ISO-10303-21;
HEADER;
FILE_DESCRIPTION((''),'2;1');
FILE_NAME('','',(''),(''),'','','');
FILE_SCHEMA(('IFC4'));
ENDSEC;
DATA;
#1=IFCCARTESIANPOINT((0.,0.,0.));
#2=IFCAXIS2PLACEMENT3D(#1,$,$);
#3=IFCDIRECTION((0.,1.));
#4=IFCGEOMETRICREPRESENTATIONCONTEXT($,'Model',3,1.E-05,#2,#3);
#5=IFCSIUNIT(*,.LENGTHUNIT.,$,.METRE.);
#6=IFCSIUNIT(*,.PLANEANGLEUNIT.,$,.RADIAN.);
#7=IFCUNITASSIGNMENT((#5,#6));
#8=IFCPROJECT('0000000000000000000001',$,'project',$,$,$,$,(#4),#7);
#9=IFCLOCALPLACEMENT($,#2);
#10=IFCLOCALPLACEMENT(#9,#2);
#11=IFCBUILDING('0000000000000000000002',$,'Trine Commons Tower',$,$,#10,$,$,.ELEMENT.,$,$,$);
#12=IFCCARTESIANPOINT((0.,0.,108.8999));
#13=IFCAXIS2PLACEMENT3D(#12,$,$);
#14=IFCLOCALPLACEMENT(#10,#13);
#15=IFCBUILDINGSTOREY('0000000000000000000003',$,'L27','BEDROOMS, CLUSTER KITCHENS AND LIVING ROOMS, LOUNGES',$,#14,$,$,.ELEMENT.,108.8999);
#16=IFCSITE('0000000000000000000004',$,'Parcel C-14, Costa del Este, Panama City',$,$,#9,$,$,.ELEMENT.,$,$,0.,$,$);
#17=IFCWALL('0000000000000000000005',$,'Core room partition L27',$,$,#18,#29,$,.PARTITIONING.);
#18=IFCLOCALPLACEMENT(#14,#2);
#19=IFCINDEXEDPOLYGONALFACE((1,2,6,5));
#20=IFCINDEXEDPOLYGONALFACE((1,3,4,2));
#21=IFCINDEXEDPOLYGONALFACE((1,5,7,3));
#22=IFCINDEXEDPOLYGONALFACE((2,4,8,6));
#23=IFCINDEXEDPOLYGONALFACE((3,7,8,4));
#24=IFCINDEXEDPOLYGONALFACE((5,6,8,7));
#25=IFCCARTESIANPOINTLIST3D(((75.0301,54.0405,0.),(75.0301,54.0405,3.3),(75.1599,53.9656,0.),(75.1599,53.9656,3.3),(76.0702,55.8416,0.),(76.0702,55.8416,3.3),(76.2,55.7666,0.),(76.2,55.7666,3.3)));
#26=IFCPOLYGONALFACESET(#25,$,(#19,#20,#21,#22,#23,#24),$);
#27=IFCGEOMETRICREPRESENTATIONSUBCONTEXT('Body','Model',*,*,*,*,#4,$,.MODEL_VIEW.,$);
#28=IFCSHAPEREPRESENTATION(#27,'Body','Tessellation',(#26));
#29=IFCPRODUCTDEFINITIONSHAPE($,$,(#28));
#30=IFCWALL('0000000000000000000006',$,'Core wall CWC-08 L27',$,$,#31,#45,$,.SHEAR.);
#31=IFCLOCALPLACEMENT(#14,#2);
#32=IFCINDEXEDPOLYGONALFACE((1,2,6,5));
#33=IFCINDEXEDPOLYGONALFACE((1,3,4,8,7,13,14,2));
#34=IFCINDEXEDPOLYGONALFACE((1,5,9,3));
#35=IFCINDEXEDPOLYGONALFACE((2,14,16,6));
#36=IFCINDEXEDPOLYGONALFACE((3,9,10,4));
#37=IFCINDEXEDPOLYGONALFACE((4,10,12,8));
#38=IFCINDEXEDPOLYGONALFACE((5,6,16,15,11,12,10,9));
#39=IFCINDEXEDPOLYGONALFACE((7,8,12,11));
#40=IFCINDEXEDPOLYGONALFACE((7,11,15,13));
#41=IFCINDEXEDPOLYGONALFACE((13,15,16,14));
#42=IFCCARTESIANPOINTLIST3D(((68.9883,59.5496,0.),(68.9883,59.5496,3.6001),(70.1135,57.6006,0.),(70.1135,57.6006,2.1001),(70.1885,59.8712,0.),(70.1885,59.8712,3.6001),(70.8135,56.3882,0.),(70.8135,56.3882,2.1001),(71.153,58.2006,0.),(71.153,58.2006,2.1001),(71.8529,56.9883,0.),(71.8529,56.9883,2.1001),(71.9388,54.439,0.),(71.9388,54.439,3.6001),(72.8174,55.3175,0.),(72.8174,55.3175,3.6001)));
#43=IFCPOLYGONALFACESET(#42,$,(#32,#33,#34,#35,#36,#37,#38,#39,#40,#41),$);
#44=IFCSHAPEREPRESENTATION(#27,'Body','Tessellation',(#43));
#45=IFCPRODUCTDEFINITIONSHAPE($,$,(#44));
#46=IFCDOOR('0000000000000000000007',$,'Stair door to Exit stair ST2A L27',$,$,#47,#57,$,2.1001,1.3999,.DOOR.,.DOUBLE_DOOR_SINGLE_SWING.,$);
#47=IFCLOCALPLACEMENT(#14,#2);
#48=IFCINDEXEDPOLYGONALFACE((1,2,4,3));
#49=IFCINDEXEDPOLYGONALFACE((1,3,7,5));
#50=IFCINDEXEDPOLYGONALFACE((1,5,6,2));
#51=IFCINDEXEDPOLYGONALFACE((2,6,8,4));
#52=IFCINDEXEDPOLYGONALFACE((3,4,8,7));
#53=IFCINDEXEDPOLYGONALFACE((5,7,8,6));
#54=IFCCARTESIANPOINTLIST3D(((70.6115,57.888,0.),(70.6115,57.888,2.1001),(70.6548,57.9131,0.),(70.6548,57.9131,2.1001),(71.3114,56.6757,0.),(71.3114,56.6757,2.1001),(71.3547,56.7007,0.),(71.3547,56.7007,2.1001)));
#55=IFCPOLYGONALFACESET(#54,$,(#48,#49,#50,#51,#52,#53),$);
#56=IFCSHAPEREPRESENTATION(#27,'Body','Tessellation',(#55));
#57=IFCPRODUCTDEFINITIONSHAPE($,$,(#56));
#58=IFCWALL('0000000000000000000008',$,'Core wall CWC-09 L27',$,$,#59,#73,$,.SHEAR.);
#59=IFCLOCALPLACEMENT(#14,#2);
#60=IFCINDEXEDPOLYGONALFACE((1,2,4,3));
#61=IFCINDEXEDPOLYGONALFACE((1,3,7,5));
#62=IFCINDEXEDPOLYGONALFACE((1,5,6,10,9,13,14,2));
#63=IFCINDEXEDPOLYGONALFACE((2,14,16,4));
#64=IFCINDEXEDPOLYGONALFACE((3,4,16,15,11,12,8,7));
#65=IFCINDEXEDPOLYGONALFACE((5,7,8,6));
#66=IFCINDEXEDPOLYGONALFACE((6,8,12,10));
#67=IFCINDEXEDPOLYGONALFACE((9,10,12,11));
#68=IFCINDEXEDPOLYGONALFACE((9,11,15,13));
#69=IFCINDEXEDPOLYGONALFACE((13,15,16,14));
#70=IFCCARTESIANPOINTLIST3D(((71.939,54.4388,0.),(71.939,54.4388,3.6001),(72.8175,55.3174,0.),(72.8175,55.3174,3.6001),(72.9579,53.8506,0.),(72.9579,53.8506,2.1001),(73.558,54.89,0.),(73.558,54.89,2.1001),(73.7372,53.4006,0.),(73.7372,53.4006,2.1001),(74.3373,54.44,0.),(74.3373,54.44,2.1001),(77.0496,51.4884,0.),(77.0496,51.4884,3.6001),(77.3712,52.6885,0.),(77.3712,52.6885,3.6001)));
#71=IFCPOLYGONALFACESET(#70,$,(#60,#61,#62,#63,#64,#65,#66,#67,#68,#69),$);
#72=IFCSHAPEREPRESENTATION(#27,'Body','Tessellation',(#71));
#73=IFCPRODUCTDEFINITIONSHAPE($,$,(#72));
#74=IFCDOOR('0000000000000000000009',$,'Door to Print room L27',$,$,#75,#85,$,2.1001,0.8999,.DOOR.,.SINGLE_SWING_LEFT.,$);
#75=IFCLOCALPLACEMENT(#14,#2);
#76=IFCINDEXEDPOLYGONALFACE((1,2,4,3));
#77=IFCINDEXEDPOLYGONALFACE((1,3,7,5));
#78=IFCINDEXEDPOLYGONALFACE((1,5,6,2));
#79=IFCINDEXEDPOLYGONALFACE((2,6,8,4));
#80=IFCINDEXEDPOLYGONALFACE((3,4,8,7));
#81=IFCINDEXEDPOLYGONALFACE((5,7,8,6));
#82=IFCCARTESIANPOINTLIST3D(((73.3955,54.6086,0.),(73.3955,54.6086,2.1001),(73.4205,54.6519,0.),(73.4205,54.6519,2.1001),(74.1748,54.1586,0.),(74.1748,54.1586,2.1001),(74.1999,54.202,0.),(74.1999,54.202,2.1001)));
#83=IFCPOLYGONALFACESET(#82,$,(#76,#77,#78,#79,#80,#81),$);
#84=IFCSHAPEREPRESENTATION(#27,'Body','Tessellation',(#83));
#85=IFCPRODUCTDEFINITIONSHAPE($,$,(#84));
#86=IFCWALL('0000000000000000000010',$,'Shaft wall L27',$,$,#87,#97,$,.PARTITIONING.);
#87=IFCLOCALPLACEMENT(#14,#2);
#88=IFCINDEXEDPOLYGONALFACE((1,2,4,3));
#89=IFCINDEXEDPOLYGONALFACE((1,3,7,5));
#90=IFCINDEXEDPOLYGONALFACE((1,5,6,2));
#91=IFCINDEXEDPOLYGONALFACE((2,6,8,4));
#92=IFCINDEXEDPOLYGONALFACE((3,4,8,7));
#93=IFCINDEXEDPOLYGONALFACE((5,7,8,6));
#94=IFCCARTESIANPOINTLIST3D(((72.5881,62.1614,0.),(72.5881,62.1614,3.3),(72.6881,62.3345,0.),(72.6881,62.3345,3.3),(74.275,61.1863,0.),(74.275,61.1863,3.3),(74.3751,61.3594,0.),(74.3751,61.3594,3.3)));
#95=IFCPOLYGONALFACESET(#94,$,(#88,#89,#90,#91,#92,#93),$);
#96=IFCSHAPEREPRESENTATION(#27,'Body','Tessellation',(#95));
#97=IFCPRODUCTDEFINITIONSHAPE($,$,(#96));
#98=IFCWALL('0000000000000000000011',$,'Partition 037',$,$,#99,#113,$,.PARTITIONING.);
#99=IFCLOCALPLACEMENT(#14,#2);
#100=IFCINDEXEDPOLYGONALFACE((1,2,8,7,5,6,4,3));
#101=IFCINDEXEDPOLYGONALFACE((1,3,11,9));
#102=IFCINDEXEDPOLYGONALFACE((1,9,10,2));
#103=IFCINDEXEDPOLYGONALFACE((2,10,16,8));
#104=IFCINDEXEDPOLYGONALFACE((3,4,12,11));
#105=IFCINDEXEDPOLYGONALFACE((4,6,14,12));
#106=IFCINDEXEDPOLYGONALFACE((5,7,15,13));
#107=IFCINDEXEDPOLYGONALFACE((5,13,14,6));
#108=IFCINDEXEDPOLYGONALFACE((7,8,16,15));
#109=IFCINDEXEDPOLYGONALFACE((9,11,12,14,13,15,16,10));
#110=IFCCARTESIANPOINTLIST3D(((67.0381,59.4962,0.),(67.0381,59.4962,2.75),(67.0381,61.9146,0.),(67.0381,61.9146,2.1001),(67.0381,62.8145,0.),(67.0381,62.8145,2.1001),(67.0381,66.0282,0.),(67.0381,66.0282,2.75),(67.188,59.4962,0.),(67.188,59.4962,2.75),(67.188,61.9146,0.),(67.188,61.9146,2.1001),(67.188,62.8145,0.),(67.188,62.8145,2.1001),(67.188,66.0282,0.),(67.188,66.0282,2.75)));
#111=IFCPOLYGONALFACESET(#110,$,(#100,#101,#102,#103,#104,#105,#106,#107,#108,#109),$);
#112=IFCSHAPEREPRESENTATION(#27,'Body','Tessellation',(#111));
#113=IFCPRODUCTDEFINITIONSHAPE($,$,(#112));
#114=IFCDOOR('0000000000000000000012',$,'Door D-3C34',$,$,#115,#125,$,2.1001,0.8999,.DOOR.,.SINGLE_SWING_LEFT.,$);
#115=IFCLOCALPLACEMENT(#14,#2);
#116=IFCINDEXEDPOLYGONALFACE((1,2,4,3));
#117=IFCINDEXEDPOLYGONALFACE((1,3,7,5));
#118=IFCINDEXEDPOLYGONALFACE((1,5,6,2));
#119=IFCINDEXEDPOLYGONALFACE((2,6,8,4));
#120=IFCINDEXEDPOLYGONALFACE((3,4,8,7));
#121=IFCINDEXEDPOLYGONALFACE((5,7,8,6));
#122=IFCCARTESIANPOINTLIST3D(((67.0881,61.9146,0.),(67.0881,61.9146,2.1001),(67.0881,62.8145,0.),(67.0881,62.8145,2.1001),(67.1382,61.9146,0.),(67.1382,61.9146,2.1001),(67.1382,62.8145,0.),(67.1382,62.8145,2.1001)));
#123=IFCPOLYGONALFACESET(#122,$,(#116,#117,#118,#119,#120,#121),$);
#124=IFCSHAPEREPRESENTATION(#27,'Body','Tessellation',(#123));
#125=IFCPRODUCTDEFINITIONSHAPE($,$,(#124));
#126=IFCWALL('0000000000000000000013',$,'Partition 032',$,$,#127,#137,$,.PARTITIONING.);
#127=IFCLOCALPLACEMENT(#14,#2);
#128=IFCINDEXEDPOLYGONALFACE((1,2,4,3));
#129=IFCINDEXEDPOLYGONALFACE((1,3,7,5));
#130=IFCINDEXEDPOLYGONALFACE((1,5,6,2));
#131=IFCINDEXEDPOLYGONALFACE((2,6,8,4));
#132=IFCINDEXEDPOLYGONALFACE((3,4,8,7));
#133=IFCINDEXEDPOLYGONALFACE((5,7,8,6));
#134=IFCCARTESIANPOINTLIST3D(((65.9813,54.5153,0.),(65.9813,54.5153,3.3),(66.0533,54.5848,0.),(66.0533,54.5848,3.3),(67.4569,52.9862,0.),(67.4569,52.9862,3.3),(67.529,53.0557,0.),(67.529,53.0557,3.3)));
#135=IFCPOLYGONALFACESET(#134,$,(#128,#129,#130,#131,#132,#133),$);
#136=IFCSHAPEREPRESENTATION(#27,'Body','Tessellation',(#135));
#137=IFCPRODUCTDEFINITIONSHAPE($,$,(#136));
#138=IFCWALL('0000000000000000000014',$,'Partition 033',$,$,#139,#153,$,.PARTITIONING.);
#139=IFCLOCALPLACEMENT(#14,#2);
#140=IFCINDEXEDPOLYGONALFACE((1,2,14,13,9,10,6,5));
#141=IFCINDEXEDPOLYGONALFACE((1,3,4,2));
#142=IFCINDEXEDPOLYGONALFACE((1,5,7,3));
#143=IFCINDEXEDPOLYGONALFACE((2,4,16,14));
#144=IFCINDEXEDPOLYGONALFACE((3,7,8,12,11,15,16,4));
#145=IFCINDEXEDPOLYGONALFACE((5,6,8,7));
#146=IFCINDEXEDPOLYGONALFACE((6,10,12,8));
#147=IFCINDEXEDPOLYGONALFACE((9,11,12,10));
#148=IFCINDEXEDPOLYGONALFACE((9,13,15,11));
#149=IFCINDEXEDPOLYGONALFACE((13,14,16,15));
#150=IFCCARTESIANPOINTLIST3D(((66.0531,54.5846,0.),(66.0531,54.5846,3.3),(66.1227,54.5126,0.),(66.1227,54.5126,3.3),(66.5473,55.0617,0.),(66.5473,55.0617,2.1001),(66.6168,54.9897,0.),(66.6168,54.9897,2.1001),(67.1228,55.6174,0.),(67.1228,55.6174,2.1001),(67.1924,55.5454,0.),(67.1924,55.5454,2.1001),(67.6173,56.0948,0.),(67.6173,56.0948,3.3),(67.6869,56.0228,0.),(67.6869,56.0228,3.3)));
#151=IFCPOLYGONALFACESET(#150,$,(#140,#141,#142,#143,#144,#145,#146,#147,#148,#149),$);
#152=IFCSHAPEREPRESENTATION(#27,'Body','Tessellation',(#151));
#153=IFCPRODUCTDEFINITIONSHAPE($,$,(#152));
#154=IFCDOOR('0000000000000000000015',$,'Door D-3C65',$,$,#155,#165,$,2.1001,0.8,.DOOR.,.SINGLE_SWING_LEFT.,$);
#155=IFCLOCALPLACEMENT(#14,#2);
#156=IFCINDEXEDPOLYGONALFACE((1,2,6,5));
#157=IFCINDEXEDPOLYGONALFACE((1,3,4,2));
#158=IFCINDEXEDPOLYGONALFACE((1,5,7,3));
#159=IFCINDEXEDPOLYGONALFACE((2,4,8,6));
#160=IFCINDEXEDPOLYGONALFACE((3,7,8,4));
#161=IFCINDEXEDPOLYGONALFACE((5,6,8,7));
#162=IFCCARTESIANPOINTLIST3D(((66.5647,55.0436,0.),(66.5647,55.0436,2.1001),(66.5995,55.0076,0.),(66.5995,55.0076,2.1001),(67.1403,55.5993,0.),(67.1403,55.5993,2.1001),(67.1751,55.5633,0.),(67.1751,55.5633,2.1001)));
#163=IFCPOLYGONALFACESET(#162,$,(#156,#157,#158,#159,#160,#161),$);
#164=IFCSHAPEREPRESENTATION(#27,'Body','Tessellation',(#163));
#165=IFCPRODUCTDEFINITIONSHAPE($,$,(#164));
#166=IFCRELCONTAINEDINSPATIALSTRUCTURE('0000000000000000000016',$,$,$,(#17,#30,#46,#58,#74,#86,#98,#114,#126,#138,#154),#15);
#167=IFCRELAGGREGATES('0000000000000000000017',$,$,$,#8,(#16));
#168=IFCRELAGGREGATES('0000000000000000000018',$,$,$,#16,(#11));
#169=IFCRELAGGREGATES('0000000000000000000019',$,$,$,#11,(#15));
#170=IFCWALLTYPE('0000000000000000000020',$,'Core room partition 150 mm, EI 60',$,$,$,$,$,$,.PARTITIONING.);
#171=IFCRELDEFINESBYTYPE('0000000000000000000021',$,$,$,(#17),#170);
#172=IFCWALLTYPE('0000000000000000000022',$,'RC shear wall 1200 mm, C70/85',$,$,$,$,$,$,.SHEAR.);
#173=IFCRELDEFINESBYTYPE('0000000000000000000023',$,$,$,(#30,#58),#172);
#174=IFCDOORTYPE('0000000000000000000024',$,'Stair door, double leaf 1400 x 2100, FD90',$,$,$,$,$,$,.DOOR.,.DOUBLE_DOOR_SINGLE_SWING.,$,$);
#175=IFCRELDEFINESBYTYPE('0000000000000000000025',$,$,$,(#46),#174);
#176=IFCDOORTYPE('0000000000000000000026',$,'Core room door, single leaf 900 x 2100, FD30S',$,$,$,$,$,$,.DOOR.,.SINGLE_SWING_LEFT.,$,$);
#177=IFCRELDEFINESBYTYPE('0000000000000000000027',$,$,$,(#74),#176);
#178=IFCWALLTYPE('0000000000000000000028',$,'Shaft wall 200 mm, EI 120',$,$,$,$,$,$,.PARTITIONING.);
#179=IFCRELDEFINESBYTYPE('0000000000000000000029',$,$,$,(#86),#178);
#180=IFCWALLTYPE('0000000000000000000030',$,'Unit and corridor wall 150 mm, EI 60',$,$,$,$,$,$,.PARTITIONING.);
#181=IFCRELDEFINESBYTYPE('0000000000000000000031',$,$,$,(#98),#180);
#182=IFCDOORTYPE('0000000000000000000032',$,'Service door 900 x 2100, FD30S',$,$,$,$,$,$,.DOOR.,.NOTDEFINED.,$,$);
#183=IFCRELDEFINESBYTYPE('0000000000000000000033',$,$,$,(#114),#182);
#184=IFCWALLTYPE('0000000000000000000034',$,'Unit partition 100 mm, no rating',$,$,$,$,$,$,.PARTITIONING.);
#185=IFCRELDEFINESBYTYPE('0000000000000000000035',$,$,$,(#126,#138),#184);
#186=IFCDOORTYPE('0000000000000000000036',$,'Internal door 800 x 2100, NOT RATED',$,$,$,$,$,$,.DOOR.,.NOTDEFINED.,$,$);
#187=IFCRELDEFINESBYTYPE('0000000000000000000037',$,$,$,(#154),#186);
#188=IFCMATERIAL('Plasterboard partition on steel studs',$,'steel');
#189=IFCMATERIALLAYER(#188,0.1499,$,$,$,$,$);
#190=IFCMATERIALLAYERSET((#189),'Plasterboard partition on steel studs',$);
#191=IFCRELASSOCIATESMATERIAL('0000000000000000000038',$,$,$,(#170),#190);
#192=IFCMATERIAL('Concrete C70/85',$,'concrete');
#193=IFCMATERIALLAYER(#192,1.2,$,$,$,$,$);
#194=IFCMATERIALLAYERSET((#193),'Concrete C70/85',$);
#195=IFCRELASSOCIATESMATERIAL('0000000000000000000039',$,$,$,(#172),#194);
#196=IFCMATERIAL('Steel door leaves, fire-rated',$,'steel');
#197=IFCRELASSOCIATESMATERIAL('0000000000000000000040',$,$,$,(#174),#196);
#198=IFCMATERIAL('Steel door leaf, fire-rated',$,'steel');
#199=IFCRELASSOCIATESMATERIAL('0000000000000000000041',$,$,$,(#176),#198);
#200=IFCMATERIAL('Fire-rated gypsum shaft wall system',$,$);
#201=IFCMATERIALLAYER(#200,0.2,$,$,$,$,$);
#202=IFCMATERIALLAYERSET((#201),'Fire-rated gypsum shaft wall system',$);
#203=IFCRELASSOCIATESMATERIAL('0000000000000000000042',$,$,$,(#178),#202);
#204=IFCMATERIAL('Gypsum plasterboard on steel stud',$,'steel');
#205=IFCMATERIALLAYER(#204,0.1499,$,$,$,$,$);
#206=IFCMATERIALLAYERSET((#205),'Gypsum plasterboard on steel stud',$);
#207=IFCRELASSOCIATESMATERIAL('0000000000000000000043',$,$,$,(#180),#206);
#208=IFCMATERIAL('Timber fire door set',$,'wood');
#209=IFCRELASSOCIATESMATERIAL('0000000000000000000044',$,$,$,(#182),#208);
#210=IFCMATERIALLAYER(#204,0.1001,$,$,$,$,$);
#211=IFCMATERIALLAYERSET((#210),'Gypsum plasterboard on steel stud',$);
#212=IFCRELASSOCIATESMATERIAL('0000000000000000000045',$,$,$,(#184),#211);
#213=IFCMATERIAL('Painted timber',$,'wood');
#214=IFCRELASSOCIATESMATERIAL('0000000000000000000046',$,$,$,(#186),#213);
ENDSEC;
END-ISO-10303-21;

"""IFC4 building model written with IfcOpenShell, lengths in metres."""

from ifc_helpers import new_model, si_unit, direction, frame, frame_2d, origin, place, context, subcontext, project, spatial, polyline, rectangle, outline, extrude, material, layer, layer_set, type_object, element, fill, save


model = new_model("IFC4")

# Units and contexts
model_context = context("Model", 3, precision=1e-05, world=origin(), true_north=direction((0.0, 1.0)))
body_context = subcontext(model_context, "Body", "Model", "MODEL_VIEW")
ifc_project = project(units=[si_unit("LENGTHUNIT", "METRE"), si_unit("PLANEANGLEUNIT", "RADIAN")], contexts=[model_context])

# Site, building, storey
site_placement = place(None, origin())
site = spatial("IfcSite", under=ifc_project, at=site_placement, Name="Parcel C-14, Costa del Este, Panama City", CompositionType="ELEMENT", RefElevation=0.0)
building_placement = place(site_placement, origin())
building = spatial("IfcBuilding", under=site, at=building_placement, Name="Trine Commons Tower", CompositionType="ELEMENT")
storey_placement = place(building_placement, frame((0.0, 0.0, 108.8999)))
storey = spatial("IfcBuildingStorey", under=building, at=storey_placement, Name="L27", Description="BEDROOMS, CLUSTER KITCHENS AND LIVING ROOMS, LOUNGES", CompositionType="ELEMENT", Elevation=108.8999)

# Wall
ifc_material_1 = material(Name="Plasterboard partition on steel studs", Category="steel")
ifc_layer_1 = layer(ifc_material_1, 0.1499)
ifc_layer_set_1 = layer_set([ifc_layer_1], Name="Plasterboard partition on steel studs")
wall_type_1 = type_object("IfcWallType", Name="Core room partition 150 mm, EI 60", PredefinedType="PARTITIONING", material=ifc_layer_set_1)
wall_1_placement = place(storey_placement, frame((75.095, 54.0029, 0.0), z_axis=(0.0, 0.0, 1.0), x_axis=(0.500078, 0.86598, 0.0)))
element("IfcWall", 1, at=wall_1_placement, inside=storey, type_object=wall_type_1, Name="Core room partition L27", PredefinedType="PARTITIONING", context=body_context, shape_type="SweptSolid", body=[
    extrude(rectangle(XDim=2.0798, YDim=0.1499, at=frame_2d((1.04, 0.0))), origin(), (0.0, 0.0, 1.0), 3.3),
])

# Walls, openings, doors
ifc_material_2 = material(Name="Concrete C70/85", Category="concrete")
ifc_layer_2 = layer(ifc_material_2, 1.2)
ifc_layer_set_2 = layer_set([ifc_layer_2], Name="Concrete C70/85")
wall_type_2 = type_object("IfcWallType", Name="RC shear wall 1200 mm, C70/85", PredefinedType="SHEAR", material=ifc_layer_set_2)
wall_2_placement = place(storey_placement, frame((69.5081, 59.8496, 0.0), z_axis=(0.0, 0.0, 1.0), x_axis=(0.499979, -0.866037, 0.0)))
wall_2 = element("IfcWall", 2, at=wall_2_placement, inside=storey, type_object=wall_type_2, Name="Core wall CWC-08 L27", PredefinedType="SHEAR", context=body_context, shape_type="SweptSolid", body=[
    extrude(outline(polyline([(0.0, -0.6001), (5.9011, -0.6001), (5.5796, 0.6001), (0.3215, 0.6001), (0.0, -0.6001)])), origin(), (0.0, 0.0, 1.0), 3.6001),
])
opening_1_placement = place(wall_2_placement, frame((2.2505, 0.0, 0.0)))
opening_1 = element("IfcOpeningElement", 3, at=opening_1_placement, cuts=wall_2, PredefinedType="OPENING", context=body_context, shape_type="SweptSolid", body=[
    extrude(rectangle(XDim=1.3999, YDim=2.1001, at=frame_2d((0.7, 1.05))), frame((0.0, 0.6099, 0.0), z_axis=(0.0, -1.0, 0.0), x_axis=(1.0, 0.0, 0.0)), (0.0, 0.0, 1.0), 1.22),
])
ifc_material_3 = material(Name="Steel door leaves, fire-rated", Category="steel")
door_type_1 = type_object("IfcDoorType", Name="Stair door, double leaf 1400 x 2100, FD90", OperationType="DOUBLE_DOOR_SINGLE_SWING", PredefinedType="DOOR", material=ifc_material_3)
door_1_placement = place(opening_1_placement, origin())
door_1 = element("IfcDoor", 4, at=door_1_placement, inside=storey, type_object=door_type_1, Name="Stair door to Exit stair ST2A L27", OperationType="DOUBLE_DOOR_SINGLE_SWING", OverallHeight=2.1001, OverallWidth=1.3999, PredefinedType="DOOR", context=body_context, shape_type="SweptSolid", body=[
    extrude(rectangle(XDim=1.3999, YDim=2.1001, at=frame_2d((0.7, 1.05))), frame((0.0, 0.0249, 0.0), z_axis=(0.0, -1.0, 0.0), x_axis=(1.0, 0.0, 0.0)), (0.0, 0.0, 1.0), 0.05),
])
fill(opening_1, door_1)
wall_3_placement = place(storey_placement, frame((72.239, 54.9585, 0.0), z_axis=(0.0, 0.0, 1.0), x_axis=(0.866037, -0.499979, 0.0)))
wall_3 = element("IfcWall", 5, at=wall_3_placement, inside=storey, type_object=wall_type_2, Name="Core wall CWC-09 L27", PredefinedType="SHEAR", context=body_context, shape_type="SweptSolid", body=[
    extrude(outline(polyline([(0.0, -0.6001), (5.9011, -0.6001), (5.5796, 0.6001), (0.3215, 0.6001), (0.0, -0.6001)])), origin(), (0.0, 0.0, 1.0), 3.6001),
])
opening_2_placement = place(wall_3_placement, frame((1.1765, 0.0, 0.0)))
opening_2 = element("IfcOpeningElement", 6, at=opening_2_placement, cuts=wall_3, PredefinedType="OPENING", context=body_context, shape_type="SweptSolid", body=[
    extrude(rectangle(XDim=0.8999, YDim=2.1001, at=frame_2d((0.45, 1.05))), frame((0.0, 0.6099, 0.0), z_axis=(0.0, -1.0, 0.0), x_axis=(1.0, 0.0, 0.0)), (0.0, 0.0, 1.0), 1.22),
])
ifc_material_4 = material(Name="Steel door leaf, fire-rated", Category="steel")
door_type_2 = type_object("IfcDoorType", Name="Core room door, single leaf 900 x 2100, FD30S", OperationType="SINGLE_SWING_LEFT", PredefinedType="DOOR", material=ifc_material_4)
door_2_placement = place(opening_2_placement, origin())
door_2 = element("IfcDoor", 7, at=door_2_placement, inside=storey, type_object=door_type_2, Name="Door to Print room L27", OperationType="SINGLE_SWING_LEFT", OverallHeight=2.1001, OverallWidth=0.8999, PredefinedType="DOOR", context=body_context, shape_type="SweptSolid", body=[
    extrude(rectangle(XDim=0.8999, YDim=2.1001, at=frame_2d((0.45, 1.05))), frame((0.0, 0.3252, 0.0), z_axis=(0.0, -1.0, 0.0), x_axis=(1.0, 0.0, 0.0)), (0.0, 0.0, 1.0), 0.05),
])
fill(opening_2, door_2)

# Wall
ifc_material_5 = material(Name="Fire-rated gypsum shaft wall system")
ifc_layer_3 = layer(ifc_material_5, 0.2)
ifc_layer_set_3 = layer_set([ifc_layer_3], Name="Fire-rated gypsum shaft wall system")
wall_type_3 = type_object("IfcWallType", Name="Shaft wall 200 mm, EI 120", PredefinedType="PARTITIONING", material=ifc_layer_set_3)
wall_4_placement = place(storey_placement, frame((74.325, 61.2729, 0.0), z_axis=(0.0, 0.0, 1.0), x_axis=(-0.865781, 0.500424, 0.0)))
element("IfcWall", 8, at=wall_4_placement, inside=storey, type_object=wall_type_3, Name="Shaft wall L27", PredefinedType="PARTITIONING", context=body_context, shape_type="SweptSolid", body=[
    extrude(rectangle(XDim=1.9485, YDim=0.2, at=frame_2d((0.9741, 0.0))), origin(), (0.0, 0.0, 1.0), 3.3),
])

# Wall, opening, door
ifc_material_6 = material(Name="Gypsum plasterboard on steel stud", Category="steel")
ifc_layer_4 = layer(ifc_material_6, 0.1499)
ifc_layer_set_4 = layer_set([ifc_layer_4], Name="Gypsum plasterboard on steel stud")
wall_type_4 = type_object("IfcWallType", Name="Unit and corridor wall 150 mm, EI 60", PredefinedType="PARTITIONING", material=ifc_layer_set_4)
wall_5_placement = place(storey_placement, frame((67.113, 59.4961, 0.0), z_axis=(0.0, 0.0, 1.0), x_axis=(0.0, 1.0, 0.0)))
wall_5 = element("IfcWall", 9, at=wall_5_placement, inside=storey, type_object=wall_type_4, Name="Partition 037", PredefinedType="PARTITIONING", context=body_context, shape_type="SweptSolid", body=[
    extrude(rectangle(XDim=6.532, YDim=0.1499, at=frame_2d((3.2661, 0.0))), origin(), (0.0, 0.0, 1.0), 2.75),
])
opening_3_placement = place(wall_5_placement, frame((2.4185, 0.0, 0.0)))
opening_3 = element("IfcOpeningElement", 10, at=opening_3_placement, cuts=wall_5, PredefinedType="OPENING", context=body_context, shape_type="SweptSolid", body=[
    extrude(rectangle(XDim=0.8999, YDim=2.1001, at=frame_2d((0.45, 1.05))), frame((0.0, 0.085, 0.0), z_axis=(0.0, -1.0, 0.0), x_axis=(1.0, 0.0, 0.0)), (0.0, 0.0, 1.0), 0.1699),
])
ifc_material_7 = material(Name="Timber fire door set", Category="wood")
door_type_3 = type_object("IfcDoorType", Name="Service door 900 x 2100, FD30S", OperationType="NOTDEFINED", PredefinedType="DOOR", material=ifc_material_7)
door_3_placement = place(opening_3_placement, origin())
door_3 = element("IfcDoor", 11, at=door_3_placement, inside=storey, type_object=door_type_3, Name="Door D-3C34", OperationType="SINGLE_SWING_LEFT", OverallHeight=2.1001, OverallWidth=0.8999, PredefinedType="DOOR", context=body_context, shape_type="SweptSolid", body=[
    extrude(rectangle(XDim=0.8999, YDim=2.1001, at=frame_2d((0.45, 1.05))), frame((0.0, 0.0249, 0.0), z_axis=(0.0, -1.0, 0.0), x_axis=(1.0, 0.0, 0.0)), (0.0, 0.0, 1.0), 0.05),
])
fill(opening_3, door_3)

# Wall
ifc_layer_5 = layer(ifc_material_6, 0.1001)
ifc_layer_set_5 = layer_set([ifc_layer_5], Name="Gypsum plasterboard on steel stud")
wall_type_5 = type_object("IfcWallType", Name="Unit partition 100 mm, no rating", PredefinedType="PARTITIONING", material=ifc_layer_set_5)
wall_6_placement = place(storey_placement, frame((66.0173, 54.55, 0.0), z_axis=(0.0, 0.0, 1.0), x_axis=(0.694414, -0.719576, 0.0)))
element("IfcWall", 12, at=wall_6_placement, inside=storey, type_object=wall_type_5, Name="Partition 032", PredefinedType="PARTITIONING", context=body_context, shape_type="SweptSolid", body=[
    extrude(rectangle(XDim=2.125, YDim=0.1001, at=frame_2d((1.0625, 0.0))), origin(), (0.0, 0.0, 1.0), 3.3),
])

# Wall, opening, door
wall_7_placement = place(storey_placement, frame((66.0879, 54.5486, 0.0), z_axis=(0.0, 0.0, 1.0), x_axis=(0.719405, 0.694591, 0.0)))
wall_7 = element("IfcWall", 13, at=wall_7_placement, inside=storey, type_object=wall_type_5, Name="Partition 033", PredefinedType="PARTITIONING", context=body_context, shape_type="SweptSolid", body=[
    extrude(rectangle(XDim=2.1743, YDim=0.1001, at=frame_2d((1.0872, 0.0))), origin(), (0.0, 0.0, 1.0), 3.3),
])
opening_4_placement = place(wall_7_placement, frame((0.687, 0.0, 0.0)))
opening_4 = element("IfcOpeningElement", 14, at=opening_4_placement, cuts=wall_7, PredefinedType="OPENING", context=body_context, shape_type="SweptSolid", body=[
    extrude(rectangle(XDim=0.8, YDim=2.1001, at=frame_2d((0.3999, 1.05))), frame((0.0, 0.0601, 0.0), z_axis=(0.0, -1.0, 0.0), x_axis=(1.0, 0.0, 0.0)), (0.0, 0.0, 1.0), 0.1201),
])
ifc_material_8 = material(Name="Painted timber", Category="wood")
door_type_4 = type_object("IfcDoorType", Name="Internal door 800 x 2100, NOT RATED", OperationType="NOTDEFINED", PredefinedType="DOOR", material=ifc_material_8)
door_4_placement = place(opening_4_placement, origin())
door_4 = element("IfcDoor", 15, at=door_4_placement, inside=storey, type_object=door_type_4, Name="Door D-3C65", OperationType="SINGLE_SWING_LEFT", OverallHeight=2.1001, OverallWidth=0.8, PredefinedType="DOOR", context=body_context, shape_type="SweptSolid", body=[
    extrude(rectangle(XDim=0.8, YDim=2.1001, at=frame_2d((0.3999, 1.05))), frame((0.0, 0.0249, 0.0), z_axis=(0.0, -1.0, 0.0), x_axis=(1.0, 0.0, 0.0)), (0.0, 0.0, 1.0), 0.05),
])
fill(opening_4, door_4)

save(model, "model.ifc")
